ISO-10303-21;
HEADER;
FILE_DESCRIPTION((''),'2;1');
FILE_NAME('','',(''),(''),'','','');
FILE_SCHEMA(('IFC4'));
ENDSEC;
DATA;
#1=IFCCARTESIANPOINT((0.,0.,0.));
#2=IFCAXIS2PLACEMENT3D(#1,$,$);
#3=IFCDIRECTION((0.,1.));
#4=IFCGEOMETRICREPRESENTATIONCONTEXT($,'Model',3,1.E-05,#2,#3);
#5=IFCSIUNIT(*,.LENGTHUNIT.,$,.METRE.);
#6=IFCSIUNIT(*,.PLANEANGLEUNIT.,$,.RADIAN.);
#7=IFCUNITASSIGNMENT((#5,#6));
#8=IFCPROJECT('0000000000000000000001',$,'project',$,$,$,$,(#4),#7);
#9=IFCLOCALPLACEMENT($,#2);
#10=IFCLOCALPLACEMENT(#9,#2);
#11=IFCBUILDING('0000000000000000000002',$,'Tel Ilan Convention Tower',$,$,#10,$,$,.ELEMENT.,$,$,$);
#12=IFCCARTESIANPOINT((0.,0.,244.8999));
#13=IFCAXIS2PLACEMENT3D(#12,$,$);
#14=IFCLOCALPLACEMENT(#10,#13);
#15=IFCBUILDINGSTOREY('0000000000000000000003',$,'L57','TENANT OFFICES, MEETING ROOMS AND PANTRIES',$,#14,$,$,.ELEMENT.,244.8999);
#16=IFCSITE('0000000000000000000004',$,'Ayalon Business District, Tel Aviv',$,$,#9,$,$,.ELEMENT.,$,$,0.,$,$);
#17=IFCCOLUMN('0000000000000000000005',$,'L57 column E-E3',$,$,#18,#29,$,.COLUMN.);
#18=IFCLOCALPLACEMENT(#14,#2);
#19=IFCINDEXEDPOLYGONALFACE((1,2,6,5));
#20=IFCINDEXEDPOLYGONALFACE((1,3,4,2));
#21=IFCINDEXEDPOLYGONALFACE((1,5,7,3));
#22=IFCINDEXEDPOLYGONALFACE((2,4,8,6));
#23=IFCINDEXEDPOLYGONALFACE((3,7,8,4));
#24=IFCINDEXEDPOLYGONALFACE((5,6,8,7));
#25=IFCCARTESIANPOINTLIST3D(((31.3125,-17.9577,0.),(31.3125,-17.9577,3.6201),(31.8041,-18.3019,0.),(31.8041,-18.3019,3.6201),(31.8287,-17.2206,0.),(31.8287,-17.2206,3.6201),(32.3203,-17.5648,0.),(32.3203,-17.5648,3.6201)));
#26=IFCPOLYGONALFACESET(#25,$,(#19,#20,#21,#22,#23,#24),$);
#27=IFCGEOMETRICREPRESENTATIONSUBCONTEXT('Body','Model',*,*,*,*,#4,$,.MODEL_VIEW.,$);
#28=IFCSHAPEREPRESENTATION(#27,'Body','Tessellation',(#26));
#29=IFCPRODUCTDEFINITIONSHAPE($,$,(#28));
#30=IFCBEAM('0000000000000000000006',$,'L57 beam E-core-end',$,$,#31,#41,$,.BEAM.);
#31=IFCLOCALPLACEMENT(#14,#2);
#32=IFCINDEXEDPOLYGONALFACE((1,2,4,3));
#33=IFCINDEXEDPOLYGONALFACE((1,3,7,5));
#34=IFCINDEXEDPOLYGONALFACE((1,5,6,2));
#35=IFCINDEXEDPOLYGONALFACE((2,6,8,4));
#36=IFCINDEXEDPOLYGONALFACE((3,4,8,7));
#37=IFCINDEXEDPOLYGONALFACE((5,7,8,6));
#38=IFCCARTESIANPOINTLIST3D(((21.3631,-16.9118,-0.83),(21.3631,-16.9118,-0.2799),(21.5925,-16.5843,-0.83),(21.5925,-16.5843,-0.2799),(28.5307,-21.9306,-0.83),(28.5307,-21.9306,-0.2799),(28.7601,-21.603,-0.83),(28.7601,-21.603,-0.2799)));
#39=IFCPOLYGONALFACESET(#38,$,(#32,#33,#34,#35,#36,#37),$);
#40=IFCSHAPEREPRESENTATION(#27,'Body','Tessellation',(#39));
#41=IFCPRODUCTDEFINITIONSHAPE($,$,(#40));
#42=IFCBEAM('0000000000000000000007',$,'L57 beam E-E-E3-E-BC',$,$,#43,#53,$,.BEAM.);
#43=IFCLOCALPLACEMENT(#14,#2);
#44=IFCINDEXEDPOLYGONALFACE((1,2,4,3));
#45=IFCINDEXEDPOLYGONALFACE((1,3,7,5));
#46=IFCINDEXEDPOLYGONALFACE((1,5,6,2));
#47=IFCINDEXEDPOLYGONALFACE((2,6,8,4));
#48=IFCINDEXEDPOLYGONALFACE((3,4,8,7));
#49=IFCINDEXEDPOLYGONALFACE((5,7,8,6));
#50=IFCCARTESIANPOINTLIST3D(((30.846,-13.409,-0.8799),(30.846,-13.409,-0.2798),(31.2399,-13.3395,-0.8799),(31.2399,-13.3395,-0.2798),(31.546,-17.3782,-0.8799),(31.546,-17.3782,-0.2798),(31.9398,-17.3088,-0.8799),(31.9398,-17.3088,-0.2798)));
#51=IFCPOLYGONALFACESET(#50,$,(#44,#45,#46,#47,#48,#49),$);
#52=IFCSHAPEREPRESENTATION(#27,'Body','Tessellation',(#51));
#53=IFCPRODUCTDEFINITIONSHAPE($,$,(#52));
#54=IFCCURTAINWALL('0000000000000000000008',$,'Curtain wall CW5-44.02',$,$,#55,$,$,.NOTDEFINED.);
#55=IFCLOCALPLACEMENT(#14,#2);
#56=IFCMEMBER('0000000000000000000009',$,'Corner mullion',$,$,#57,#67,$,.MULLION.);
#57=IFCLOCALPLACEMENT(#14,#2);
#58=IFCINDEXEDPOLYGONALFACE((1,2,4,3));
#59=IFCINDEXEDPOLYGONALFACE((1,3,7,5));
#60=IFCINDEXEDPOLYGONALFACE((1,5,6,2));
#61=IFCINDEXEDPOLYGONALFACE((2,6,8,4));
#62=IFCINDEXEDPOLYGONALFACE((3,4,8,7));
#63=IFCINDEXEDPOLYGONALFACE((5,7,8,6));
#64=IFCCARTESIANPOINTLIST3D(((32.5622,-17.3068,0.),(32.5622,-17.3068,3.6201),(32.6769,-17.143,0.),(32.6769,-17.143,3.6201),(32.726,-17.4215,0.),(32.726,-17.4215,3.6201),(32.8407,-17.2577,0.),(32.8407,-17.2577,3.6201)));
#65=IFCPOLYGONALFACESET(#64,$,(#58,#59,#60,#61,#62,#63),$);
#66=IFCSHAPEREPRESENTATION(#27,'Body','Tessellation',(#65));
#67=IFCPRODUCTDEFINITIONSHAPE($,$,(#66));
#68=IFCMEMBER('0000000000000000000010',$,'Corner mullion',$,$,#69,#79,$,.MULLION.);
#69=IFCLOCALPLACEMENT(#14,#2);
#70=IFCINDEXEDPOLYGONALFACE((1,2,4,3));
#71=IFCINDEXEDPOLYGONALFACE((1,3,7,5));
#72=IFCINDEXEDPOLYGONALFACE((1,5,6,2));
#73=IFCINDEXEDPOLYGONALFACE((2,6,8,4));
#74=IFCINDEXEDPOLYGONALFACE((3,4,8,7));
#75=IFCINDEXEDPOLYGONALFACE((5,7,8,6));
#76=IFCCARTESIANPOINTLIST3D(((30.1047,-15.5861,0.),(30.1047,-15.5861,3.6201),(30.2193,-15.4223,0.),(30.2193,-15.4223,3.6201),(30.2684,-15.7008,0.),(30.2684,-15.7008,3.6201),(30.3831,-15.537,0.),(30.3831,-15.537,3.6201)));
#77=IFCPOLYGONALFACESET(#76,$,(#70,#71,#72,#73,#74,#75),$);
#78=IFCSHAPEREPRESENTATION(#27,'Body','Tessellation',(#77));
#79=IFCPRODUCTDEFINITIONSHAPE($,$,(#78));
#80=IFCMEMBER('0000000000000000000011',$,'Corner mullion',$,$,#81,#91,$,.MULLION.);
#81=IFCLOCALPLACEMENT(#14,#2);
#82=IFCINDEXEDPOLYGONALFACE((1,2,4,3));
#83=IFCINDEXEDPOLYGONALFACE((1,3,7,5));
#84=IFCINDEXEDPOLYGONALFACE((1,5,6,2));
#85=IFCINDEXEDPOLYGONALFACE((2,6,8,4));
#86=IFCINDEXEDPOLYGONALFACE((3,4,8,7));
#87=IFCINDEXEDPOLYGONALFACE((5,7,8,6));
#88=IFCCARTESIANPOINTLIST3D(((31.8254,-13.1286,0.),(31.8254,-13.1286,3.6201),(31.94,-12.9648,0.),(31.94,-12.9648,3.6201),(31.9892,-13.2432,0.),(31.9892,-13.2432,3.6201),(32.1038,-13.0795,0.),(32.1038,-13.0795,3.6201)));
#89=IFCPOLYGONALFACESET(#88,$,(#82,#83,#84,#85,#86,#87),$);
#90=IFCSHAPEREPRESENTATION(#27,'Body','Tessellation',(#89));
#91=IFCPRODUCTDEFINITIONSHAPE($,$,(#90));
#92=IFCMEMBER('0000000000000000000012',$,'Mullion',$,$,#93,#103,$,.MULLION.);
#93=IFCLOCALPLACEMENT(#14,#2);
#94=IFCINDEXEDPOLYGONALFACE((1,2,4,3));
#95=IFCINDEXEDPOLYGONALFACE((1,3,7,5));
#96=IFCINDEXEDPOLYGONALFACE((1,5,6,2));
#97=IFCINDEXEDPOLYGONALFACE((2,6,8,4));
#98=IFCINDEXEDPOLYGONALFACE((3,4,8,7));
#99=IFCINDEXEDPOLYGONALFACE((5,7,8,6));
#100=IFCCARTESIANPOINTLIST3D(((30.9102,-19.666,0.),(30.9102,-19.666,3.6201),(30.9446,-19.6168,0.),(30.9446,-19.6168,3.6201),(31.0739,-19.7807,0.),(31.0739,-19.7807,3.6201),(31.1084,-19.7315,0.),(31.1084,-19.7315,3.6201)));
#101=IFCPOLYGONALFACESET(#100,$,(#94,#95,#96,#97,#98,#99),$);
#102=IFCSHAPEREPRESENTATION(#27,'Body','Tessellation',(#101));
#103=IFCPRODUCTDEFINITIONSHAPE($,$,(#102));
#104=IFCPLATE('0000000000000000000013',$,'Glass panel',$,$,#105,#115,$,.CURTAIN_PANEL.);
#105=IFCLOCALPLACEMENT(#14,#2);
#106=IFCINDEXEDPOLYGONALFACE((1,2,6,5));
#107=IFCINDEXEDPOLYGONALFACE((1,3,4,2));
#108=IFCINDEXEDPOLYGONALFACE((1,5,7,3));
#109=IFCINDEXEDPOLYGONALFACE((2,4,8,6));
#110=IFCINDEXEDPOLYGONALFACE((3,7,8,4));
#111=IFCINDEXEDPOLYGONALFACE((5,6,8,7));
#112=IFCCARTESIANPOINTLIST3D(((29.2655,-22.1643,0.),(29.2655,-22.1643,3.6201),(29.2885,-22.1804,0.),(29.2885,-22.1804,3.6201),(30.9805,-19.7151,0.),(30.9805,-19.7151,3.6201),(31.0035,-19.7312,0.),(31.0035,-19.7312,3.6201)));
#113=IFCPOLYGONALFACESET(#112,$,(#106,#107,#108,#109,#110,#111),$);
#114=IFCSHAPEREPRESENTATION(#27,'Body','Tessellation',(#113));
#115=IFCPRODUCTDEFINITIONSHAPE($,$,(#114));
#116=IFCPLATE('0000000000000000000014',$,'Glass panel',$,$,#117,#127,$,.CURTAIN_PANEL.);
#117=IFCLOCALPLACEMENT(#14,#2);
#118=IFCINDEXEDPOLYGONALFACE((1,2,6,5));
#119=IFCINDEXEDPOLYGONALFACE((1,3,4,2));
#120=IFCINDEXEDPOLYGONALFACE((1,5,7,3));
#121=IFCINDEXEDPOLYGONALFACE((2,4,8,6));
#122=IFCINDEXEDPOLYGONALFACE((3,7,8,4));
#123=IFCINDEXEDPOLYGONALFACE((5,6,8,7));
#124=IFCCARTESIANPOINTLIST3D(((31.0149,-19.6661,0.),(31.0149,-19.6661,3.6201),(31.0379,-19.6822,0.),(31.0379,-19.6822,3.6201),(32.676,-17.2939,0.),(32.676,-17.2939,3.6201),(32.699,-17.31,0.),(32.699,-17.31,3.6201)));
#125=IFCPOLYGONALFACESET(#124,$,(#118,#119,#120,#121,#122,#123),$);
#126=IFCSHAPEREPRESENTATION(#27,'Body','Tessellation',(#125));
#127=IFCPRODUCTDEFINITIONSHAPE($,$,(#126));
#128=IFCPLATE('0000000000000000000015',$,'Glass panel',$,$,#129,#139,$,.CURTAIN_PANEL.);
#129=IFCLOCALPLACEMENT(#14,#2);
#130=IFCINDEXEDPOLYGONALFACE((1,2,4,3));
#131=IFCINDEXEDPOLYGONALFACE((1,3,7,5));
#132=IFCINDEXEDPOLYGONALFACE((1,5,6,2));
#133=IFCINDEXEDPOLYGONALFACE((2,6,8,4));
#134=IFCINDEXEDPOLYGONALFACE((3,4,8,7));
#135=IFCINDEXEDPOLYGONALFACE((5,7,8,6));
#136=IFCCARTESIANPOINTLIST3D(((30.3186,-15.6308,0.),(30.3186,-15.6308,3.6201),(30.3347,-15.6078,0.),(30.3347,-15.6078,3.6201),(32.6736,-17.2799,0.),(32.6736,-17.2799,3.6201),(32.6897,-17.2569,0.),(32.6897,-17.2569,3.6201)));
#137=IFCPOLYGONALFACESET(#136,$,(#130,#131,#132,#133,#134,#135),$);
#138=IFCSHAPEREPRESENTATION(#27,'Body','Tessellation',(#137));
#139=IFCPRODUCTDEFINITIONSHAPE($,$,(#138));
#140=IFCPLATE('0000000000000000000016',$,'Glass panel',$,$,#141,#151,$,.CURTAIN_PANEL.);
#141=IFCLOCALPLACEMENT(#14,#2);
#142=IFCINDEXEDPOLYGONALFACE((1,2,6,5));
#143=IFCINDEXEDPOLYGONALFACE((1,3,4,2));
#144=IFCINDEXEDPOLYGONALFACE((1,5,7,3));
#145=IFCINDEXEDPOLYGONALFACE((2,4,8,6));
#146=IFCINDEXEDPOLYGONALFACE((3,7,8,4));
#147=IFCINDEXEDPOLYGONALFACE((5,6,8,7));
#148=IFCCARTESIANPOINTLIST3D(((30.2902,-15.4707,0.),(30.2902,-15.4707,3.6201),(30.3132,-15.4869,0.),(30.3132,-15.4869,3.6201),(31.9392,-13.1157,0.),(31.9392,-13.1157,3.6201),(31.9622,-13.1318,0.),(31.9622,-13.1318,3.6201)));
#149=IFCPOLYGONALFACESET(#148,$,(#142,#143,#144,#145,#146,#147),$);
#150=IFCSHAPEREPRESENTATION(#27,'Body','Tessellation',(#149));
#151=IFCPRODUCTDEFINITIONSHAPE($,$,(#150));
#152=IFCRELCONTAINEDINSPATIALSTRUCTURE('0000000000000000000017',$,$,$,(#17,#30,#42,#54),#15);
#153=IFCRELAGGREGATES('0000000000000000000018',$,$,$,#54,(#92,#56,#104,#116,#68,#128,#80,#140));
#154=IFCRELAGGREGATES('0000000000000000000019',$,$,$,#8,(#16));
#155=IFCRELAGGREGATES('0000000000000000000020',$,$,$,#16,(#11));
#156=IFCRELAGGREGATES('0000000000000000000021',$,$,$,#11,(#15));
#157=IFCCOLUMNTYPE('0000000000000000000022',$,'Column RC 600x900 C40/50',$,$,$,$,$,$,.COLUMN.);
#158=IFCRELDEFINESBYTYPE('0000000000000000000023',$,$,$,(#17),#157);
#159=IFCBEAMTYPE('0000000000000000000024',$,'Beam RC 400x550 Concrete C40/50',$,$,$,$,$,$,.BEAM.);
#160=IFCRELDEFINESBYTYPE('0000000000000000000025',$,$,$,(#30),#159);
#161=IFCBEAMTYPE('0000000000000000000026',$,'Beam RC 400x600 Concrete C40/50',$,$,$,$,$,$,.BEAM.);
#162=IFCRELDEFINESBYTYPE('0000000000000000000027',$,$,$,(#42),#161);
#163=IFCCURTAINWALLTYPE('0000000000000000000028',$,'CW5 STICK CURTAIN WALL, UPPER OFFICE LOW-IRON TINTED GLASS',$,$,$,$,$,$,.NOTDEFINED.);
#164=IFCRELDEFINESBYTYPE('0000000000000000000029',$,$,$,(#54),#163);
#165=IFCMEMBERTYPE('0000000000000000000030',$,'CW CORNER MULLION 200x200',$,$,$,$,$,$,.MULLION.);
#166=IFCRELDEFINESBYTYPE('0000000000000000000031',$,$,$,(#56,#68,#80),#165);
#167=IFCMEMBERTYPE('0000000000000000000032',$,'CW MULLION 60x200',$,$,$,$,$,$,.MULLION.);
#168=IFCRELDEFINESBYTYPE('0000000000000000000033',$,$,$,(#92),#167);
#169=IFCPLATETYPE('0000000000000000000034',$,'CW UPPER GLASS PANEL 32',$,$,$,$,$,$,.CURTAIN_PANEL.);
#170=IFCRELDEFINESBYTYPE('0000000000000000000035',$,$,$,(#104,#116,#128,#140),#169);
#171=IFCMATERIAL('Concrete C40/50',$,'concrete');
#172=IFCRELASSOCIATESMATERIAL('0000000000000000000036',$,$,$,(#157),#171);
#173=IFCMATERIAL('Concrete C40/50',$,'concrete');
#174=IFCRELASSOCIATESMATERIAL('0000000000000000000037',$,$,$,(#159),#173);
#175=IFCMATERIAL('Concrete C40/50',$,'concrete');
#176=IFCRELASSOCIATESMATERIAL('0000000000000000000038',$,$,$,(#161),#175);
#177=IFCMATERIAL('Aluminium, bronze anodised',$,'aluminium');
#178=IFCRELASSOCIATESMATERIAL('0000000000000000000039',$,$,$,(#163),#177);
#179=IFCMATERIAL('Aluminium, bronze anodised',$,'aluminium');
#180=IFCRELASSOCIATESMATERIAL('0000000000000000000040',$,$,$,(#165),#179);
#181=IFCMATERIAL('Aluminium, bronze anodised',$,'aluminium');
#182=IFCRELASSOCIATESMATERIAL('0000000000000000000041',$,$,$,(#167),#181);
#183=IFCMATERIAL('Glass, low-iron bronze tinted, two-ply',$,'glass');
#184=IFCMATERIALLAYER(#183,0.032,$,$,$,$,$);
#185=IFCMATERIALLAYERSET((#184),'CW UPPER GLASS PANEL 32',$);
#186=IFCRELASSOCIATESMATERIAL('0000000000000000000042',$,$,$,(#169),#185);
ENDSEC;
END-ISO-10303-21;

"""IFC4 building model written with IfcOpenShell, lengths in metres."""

from ifc_helpers import new_model, si_unit, direction, frame, origin, origin_2d, place, context, subcontext, project, spatial, rectangle, extrude, material, layer, layer_set, material_profile, profile_set, type_object, element, aggregate, save


model = new_model("IFC4")

# Units and contexts
model_context = context("Model", 3, precision=1e-05, world=origin(), true_north=direction((0.0, 1.0)))
body_context = subcontext(model_context, "Body", "Model", "MODEL_VIEW")
ifc_project = project(units=[si_unit("LENGTHUNIT", "METRE"), si_unit("PLANEANGLEUNIT", "RADIAN")], contexts=[model_context])

# Site, building, storey
site_placement = place(None, origin())
site = spatial("IfcSite", under=ifc_project, at=site_placement, Name="Ayalon Business District, Tel Aviv", CompositionType="ELEMENT", RefElevation=0.0)
building_placement = place(site_placement, origin())
building = spatial("IfcBuilding", under=site, at=building_placement, Name="Tel Ilan Convention Tower", CompositionType="ELEMENT")
storey_placement = place(building_placement, frame((0.0, 0.0, 244.8999)))
storey = spatial("IfcBuildingStorey", under=building, at=storey_placement, Name="L57", Description="TENANT OFFICES, MEETING ROOMS AND PANTRIES", CompositionType="ELEMENT", Elevation=244.8999)

# Column
ifc_material_1 = material(Name="Concrete C40/50", Category="concrete")
ifc_material_profile_1 = material_profile(ifc_material_1, rectangle(XDim=0.8999, YDim=0.6001, at=origin_2d()), Name="RC 600x900")
ifc_profile_set_1 = profile_set([ifc_material_profile_1], Name="Concrete C40/50")
column_type = type_object("IfcColumnType", Name="Column RC 600x900 C40/50", PredefinedType="COLUMN", material=ifc_profile_set_1)
column_placement = place(storey_placement, frame((31.8164, -17.7612, 0.0), z_axis=(0.0, 0.0, 1.0), x_axis=(0.573576, 0.819152, 0.0)))
element("IfcColumn", 1, at=column_placement, inside=storey, type_object=column_type, Name="L57 column E-E3", PredefinedType="COLUMN", context=body_context, shape_type="SweptSolid", body=[
    extrude(rectangle(XDim=0.8999, YDim=0.6001, at=origin_2d()), origin(), (0.0, 0.0, 1.0), 3.6201),
])

# Beams
ifc_material_2 = material(Name="Concrete C40/50", Category="concrete")
ifc_material_profile_2 = material_profile(ifc_material_2, rectangle(XDim=0.3999, YDim=0.55, at=origin_2d()), Name="RC 400x550")
ifc_profile_set_2 = profile_set([ifc_material_profile_2], Name="Concrete C40/50")
beam_type_1 = type_object("IfcBeamType", Name="Beam RC 400x550 Concrete C40/50", PredefinedType="BEAM", material=ifc_profile_set_2)
beam_1_placement = place(storey_placement, frame((21.4778, -16.748, -0.5549), z_axis=(0.819157, -0.573569, 0.0), x_axis=(0.573569, 0.819157, 0.0)))
element("IfcBeam", 2, at=beam_1_placement, inside=storey, type_object=beam_type_1, Name="L57 beam E-core-end", PredefinedType="BEAM", context=body_context, shape_type="SweptSolid", body=[
    extrude(rectangle(XDim=0.3999, YDim=0.55, at=origin_2d()), origin(), (0.0, 0.0, 1.0), 8.75),
])
ifc_material_3 = material(Name="Concrete C40/50", Category="concrete")
ifc_material_profile_3 = material_profile(ifc_material_3, rectangle(XDim=0.3999, YDim=0.6001, at=origin_2d()), Name="RC 400x600")
ifc_profile_set_3 = profile_set([ifc_material_profile_3], Name="Concrete C40/50")
beam_type_2 = type_object("IfcBeamType", Name="Beam RC 400x600 Concrete C40/50", PredefinedType="BEAM", material=ifc_profile_set_3)
beam_2_placement = place(storey_placement, frame((31.7429, -17.3435, -0.5798), z_axis=(-0.173664, 0.984805, 0.0), x_axis=(-0.984805, -0.173664, 0.0)))
element("IfcBeam", 3, at=beam_2_placement, inside=storey, type_object=beam_type_2, Name="L57 beam E-E-E3-E-BC", PredefinedType="BEAM", context=body_context, shape_type="SweptSolid", body=[
    extrude(rectangle(XDim=0.3999, YDim=0.6001, at=origin_2d()), origin(), (0.0, 0.0, 1.0), 4.0305),
])

# Curtain wall, members, plates
ifc_material_4 = material(Name="Aluminium, bronze anodised", Category="aluminium")
curtain_wall_type = type_object("IfcCurtainWallType", Name="CW5 STICK CURTAIN WALL, UPPER OFFICE LOW-IRON TINTED GLASS", PredefinedType="NOTDEFINED", material=ifc_material_4)
curtain_wall_placement = place(storey_placement, origin())
curtain_wall = element("IfcCurtainWall", 4, at=curtain_wall_placement, inside=storey, type_object=curtain_wall_type, Name="Curtain wall CW5-44.02", PredefinedType="NOTDEFINED")
ifc_material_5 = material(Name="Aluminium, bronze anodised", Category="aluminium")
ifc_material_profile_4 = material_profile(ifc_material_5, rectangle(XDim=0.2, YDim=0.2, at=origin_2d()), Name="CW CORNER MULLION 200x200")
ifc_profile_set_4 = profile_set([ifc_material_profile_4], Name="Aluminium, bronze anodised")
member_type_1 = type_object("IfcMemberType", Name="CW CORNER MULLION 200x200", PredefinedType="MULLION", material=ifc_profile_set_4)
member_1_placement = place(storey_placement, frame((32.7014, -17.2822, 0.0), z_axis=(0.0, 0.0, 1.0), x_axis=(0.573576, 0.819152, 0.0)))
member_1 = element("IfcMember", 5, at=member_1_placement, type_object=member_type_1, Name="Corner mullion", PredefinedType="MULLION", context=body_context, shape_type="SweptSolid", body=[
    extrude(rectangle(XDim=0.2, YDim=0.2, at=origin_2d()), origin(), (0.0, 0.0, 1.0), 3.6201),
])
member_2_placement = place(storey_placement, frame((30.2439, -15.5615, 0.0), z_axis=(0.0, 0.0, 1.0), x_axis=(-0.819152, 0.573576, 0.0)))
member_2 = element("IfcMember", 6, at=member_2_placement, type_object=member_type_1, Name="Corner mullion", PredefinedType="MULLION", context=body_context, shape_type="SweptSolid", body=[
    extrude(rectangle(XDim=0.2, YDim=0.2, at=origin_2d()), origin(), (0.0, 0.0, 1.0), 3.6201),
])
member_3_placement = place(storey_placement, frame((31.9646, -13.104, 0.0), z_axis=(0.0, 0.0, 1.0), x_axis=(0.573576, 0.819152, 0.0)))
member_3 = element("IfcMember", 7, at=member_3_placement, type_object=member_type_1, Name="Corner mullion", PredefinedType="MULLION", context=body_context, shape_type="SweptSolid", body=[
    extrude(rectangle(XDim=0.2, YDim=0.2, at=origin_2d()), origin(), (0.0, 0.0, 1.0), 3.6201),
])
ifc_material_6 = material(Name="Aluminium, bronze anodised", Category="aluminium")
ifc_material_profile_5 = material_profile(ifc_material_6, rectangle(XDim=0.0601, YDim=0.2, at=origin_2d()), Name="CW MULLION 60x200")
ifc_profile_set_5 = profile_set([ifc_material_profile_5], Name="Aluminium, bronze anodised")
member_type_2 = type_object("IfcMemberType", Name="CW MULLION 60x200", PredefinedType="MULLION", material=ifc_profile_set_5)
member_4_placement = place(storey_placement, frame((31.0093, -19.6987, 0.0), z_axis=(0.0, 0.0, 1.0), x_axis=(0.573576, 0.819152, 0.0)))
member_4 = element("IfcMember", 8, at=member_4_placement, type_object=member_type_2, Name="Mullion", PredefinedType="MULLION", context=body_context, shape_type="SweptSolid", body=[
    extrude(rectangle(XDim=0.0601, YDim=0.2, at=origin_2d()), origin(), (0.0, 0.0, 1.0), 3.6201),
])
ifc_material_7 = material(Name="Glass, low-iron bronze tinted, two-ply", Category="glass")
ifc_layer_1 = layer(ifc_material_7, 0.032)
ifc_layer_set_1 = layer_set([ifc_layer_1], Name="CW UPPER GLASS PANEL 32")
plate_type = type_object("IfcPlateType", Name="CW UPPER GLASS PANEL 32", PredefinedType="CURTAIN_PANEL", material=ifc_layer_set_1)
plate_1_placement = place(storey_placement, frame((30.1345, -20.9478, 0.0), z_axis=(0.0, 0.0, 1.0), x_axis=(0.573576, 0.819152, 0.0)))
plate_1 = element("IfcPlate", 9, at=plate_1_placement, type_object=plate_type, Name="Glass panel", PredefinedType="CURTAIN_PANEL", context=body_context, shape_type="SweptSolid", body=[
    extrude(rectangle(XDim=2.99, YDim=0.0281, at=origin_2d()), origin(), (0.0, 0.0, 1.0), 3.6201),
])
plate_2_placement = place(storey_placement, frame((31.8569, -18.488, 0.0), z_axis=(0.0, 0.0, 1.0), x_axis=(0.573576, 0.819152, 0.0)))
plate_2 = element("IfcPlate", 10, at=plate_2_placement, type_object=plate_type, Name="Glass panel", PredefinedType="CURTAIN_PANEL", context=body_context, shape_type="SweptSolid", body=[
    extrude(rectangle(XDim=2.896, YDim=0.0281, at=origin_2d()), origin(), (0.0, 0.0, 1.0), 3.6201),
])
plate_3_placement = place(storey_placement, frame((31.5042, -16.4438, 0.0), z_axis=(0.0, 0.0, 1.0), x_axis=(-0.819152, 0.573576, 0.0)))
plate_3 = element("IfcPlate", 11, at=plate_3_placement, type_object=plate_type, Name="Glass panel", PredefinedType="CURTAIN_PANEL", context=body_context, shape_type="SweptSolid", body=[
    extrude(rectangle(XDim=2.875, YDim=0.0281, at=origin_2d()), origin(), (0.0, 0.0, 1.0), 3.6201),
])
plate_4_placement = place(storey_placement, frame((31.1262, -14.3013, 0.0), z_axis=(0.0, 0.0, 1.0), x_axis=(0.573576, 0.819152, 0.0)))
plate_4 = element("IfcPlate", 12, at=plate_4_placement, type_object=plate_type, Name="Glass panel", PredefinedType="CURTAIN_PANEL", context=body_context, shape_type="SweptSolid", body=[
    extrude(rectangle(XDim=2.875, YDim=0.0281, at=origin_2d()), origin(), (0.0, 0.0, 1.0), 3.6201),
])
aggregate(curtain_wall, [member_4, member_1, plate_1, plate_2, member_2, plate_3, member_3, plate_4])

save(model, "model.ifc")
